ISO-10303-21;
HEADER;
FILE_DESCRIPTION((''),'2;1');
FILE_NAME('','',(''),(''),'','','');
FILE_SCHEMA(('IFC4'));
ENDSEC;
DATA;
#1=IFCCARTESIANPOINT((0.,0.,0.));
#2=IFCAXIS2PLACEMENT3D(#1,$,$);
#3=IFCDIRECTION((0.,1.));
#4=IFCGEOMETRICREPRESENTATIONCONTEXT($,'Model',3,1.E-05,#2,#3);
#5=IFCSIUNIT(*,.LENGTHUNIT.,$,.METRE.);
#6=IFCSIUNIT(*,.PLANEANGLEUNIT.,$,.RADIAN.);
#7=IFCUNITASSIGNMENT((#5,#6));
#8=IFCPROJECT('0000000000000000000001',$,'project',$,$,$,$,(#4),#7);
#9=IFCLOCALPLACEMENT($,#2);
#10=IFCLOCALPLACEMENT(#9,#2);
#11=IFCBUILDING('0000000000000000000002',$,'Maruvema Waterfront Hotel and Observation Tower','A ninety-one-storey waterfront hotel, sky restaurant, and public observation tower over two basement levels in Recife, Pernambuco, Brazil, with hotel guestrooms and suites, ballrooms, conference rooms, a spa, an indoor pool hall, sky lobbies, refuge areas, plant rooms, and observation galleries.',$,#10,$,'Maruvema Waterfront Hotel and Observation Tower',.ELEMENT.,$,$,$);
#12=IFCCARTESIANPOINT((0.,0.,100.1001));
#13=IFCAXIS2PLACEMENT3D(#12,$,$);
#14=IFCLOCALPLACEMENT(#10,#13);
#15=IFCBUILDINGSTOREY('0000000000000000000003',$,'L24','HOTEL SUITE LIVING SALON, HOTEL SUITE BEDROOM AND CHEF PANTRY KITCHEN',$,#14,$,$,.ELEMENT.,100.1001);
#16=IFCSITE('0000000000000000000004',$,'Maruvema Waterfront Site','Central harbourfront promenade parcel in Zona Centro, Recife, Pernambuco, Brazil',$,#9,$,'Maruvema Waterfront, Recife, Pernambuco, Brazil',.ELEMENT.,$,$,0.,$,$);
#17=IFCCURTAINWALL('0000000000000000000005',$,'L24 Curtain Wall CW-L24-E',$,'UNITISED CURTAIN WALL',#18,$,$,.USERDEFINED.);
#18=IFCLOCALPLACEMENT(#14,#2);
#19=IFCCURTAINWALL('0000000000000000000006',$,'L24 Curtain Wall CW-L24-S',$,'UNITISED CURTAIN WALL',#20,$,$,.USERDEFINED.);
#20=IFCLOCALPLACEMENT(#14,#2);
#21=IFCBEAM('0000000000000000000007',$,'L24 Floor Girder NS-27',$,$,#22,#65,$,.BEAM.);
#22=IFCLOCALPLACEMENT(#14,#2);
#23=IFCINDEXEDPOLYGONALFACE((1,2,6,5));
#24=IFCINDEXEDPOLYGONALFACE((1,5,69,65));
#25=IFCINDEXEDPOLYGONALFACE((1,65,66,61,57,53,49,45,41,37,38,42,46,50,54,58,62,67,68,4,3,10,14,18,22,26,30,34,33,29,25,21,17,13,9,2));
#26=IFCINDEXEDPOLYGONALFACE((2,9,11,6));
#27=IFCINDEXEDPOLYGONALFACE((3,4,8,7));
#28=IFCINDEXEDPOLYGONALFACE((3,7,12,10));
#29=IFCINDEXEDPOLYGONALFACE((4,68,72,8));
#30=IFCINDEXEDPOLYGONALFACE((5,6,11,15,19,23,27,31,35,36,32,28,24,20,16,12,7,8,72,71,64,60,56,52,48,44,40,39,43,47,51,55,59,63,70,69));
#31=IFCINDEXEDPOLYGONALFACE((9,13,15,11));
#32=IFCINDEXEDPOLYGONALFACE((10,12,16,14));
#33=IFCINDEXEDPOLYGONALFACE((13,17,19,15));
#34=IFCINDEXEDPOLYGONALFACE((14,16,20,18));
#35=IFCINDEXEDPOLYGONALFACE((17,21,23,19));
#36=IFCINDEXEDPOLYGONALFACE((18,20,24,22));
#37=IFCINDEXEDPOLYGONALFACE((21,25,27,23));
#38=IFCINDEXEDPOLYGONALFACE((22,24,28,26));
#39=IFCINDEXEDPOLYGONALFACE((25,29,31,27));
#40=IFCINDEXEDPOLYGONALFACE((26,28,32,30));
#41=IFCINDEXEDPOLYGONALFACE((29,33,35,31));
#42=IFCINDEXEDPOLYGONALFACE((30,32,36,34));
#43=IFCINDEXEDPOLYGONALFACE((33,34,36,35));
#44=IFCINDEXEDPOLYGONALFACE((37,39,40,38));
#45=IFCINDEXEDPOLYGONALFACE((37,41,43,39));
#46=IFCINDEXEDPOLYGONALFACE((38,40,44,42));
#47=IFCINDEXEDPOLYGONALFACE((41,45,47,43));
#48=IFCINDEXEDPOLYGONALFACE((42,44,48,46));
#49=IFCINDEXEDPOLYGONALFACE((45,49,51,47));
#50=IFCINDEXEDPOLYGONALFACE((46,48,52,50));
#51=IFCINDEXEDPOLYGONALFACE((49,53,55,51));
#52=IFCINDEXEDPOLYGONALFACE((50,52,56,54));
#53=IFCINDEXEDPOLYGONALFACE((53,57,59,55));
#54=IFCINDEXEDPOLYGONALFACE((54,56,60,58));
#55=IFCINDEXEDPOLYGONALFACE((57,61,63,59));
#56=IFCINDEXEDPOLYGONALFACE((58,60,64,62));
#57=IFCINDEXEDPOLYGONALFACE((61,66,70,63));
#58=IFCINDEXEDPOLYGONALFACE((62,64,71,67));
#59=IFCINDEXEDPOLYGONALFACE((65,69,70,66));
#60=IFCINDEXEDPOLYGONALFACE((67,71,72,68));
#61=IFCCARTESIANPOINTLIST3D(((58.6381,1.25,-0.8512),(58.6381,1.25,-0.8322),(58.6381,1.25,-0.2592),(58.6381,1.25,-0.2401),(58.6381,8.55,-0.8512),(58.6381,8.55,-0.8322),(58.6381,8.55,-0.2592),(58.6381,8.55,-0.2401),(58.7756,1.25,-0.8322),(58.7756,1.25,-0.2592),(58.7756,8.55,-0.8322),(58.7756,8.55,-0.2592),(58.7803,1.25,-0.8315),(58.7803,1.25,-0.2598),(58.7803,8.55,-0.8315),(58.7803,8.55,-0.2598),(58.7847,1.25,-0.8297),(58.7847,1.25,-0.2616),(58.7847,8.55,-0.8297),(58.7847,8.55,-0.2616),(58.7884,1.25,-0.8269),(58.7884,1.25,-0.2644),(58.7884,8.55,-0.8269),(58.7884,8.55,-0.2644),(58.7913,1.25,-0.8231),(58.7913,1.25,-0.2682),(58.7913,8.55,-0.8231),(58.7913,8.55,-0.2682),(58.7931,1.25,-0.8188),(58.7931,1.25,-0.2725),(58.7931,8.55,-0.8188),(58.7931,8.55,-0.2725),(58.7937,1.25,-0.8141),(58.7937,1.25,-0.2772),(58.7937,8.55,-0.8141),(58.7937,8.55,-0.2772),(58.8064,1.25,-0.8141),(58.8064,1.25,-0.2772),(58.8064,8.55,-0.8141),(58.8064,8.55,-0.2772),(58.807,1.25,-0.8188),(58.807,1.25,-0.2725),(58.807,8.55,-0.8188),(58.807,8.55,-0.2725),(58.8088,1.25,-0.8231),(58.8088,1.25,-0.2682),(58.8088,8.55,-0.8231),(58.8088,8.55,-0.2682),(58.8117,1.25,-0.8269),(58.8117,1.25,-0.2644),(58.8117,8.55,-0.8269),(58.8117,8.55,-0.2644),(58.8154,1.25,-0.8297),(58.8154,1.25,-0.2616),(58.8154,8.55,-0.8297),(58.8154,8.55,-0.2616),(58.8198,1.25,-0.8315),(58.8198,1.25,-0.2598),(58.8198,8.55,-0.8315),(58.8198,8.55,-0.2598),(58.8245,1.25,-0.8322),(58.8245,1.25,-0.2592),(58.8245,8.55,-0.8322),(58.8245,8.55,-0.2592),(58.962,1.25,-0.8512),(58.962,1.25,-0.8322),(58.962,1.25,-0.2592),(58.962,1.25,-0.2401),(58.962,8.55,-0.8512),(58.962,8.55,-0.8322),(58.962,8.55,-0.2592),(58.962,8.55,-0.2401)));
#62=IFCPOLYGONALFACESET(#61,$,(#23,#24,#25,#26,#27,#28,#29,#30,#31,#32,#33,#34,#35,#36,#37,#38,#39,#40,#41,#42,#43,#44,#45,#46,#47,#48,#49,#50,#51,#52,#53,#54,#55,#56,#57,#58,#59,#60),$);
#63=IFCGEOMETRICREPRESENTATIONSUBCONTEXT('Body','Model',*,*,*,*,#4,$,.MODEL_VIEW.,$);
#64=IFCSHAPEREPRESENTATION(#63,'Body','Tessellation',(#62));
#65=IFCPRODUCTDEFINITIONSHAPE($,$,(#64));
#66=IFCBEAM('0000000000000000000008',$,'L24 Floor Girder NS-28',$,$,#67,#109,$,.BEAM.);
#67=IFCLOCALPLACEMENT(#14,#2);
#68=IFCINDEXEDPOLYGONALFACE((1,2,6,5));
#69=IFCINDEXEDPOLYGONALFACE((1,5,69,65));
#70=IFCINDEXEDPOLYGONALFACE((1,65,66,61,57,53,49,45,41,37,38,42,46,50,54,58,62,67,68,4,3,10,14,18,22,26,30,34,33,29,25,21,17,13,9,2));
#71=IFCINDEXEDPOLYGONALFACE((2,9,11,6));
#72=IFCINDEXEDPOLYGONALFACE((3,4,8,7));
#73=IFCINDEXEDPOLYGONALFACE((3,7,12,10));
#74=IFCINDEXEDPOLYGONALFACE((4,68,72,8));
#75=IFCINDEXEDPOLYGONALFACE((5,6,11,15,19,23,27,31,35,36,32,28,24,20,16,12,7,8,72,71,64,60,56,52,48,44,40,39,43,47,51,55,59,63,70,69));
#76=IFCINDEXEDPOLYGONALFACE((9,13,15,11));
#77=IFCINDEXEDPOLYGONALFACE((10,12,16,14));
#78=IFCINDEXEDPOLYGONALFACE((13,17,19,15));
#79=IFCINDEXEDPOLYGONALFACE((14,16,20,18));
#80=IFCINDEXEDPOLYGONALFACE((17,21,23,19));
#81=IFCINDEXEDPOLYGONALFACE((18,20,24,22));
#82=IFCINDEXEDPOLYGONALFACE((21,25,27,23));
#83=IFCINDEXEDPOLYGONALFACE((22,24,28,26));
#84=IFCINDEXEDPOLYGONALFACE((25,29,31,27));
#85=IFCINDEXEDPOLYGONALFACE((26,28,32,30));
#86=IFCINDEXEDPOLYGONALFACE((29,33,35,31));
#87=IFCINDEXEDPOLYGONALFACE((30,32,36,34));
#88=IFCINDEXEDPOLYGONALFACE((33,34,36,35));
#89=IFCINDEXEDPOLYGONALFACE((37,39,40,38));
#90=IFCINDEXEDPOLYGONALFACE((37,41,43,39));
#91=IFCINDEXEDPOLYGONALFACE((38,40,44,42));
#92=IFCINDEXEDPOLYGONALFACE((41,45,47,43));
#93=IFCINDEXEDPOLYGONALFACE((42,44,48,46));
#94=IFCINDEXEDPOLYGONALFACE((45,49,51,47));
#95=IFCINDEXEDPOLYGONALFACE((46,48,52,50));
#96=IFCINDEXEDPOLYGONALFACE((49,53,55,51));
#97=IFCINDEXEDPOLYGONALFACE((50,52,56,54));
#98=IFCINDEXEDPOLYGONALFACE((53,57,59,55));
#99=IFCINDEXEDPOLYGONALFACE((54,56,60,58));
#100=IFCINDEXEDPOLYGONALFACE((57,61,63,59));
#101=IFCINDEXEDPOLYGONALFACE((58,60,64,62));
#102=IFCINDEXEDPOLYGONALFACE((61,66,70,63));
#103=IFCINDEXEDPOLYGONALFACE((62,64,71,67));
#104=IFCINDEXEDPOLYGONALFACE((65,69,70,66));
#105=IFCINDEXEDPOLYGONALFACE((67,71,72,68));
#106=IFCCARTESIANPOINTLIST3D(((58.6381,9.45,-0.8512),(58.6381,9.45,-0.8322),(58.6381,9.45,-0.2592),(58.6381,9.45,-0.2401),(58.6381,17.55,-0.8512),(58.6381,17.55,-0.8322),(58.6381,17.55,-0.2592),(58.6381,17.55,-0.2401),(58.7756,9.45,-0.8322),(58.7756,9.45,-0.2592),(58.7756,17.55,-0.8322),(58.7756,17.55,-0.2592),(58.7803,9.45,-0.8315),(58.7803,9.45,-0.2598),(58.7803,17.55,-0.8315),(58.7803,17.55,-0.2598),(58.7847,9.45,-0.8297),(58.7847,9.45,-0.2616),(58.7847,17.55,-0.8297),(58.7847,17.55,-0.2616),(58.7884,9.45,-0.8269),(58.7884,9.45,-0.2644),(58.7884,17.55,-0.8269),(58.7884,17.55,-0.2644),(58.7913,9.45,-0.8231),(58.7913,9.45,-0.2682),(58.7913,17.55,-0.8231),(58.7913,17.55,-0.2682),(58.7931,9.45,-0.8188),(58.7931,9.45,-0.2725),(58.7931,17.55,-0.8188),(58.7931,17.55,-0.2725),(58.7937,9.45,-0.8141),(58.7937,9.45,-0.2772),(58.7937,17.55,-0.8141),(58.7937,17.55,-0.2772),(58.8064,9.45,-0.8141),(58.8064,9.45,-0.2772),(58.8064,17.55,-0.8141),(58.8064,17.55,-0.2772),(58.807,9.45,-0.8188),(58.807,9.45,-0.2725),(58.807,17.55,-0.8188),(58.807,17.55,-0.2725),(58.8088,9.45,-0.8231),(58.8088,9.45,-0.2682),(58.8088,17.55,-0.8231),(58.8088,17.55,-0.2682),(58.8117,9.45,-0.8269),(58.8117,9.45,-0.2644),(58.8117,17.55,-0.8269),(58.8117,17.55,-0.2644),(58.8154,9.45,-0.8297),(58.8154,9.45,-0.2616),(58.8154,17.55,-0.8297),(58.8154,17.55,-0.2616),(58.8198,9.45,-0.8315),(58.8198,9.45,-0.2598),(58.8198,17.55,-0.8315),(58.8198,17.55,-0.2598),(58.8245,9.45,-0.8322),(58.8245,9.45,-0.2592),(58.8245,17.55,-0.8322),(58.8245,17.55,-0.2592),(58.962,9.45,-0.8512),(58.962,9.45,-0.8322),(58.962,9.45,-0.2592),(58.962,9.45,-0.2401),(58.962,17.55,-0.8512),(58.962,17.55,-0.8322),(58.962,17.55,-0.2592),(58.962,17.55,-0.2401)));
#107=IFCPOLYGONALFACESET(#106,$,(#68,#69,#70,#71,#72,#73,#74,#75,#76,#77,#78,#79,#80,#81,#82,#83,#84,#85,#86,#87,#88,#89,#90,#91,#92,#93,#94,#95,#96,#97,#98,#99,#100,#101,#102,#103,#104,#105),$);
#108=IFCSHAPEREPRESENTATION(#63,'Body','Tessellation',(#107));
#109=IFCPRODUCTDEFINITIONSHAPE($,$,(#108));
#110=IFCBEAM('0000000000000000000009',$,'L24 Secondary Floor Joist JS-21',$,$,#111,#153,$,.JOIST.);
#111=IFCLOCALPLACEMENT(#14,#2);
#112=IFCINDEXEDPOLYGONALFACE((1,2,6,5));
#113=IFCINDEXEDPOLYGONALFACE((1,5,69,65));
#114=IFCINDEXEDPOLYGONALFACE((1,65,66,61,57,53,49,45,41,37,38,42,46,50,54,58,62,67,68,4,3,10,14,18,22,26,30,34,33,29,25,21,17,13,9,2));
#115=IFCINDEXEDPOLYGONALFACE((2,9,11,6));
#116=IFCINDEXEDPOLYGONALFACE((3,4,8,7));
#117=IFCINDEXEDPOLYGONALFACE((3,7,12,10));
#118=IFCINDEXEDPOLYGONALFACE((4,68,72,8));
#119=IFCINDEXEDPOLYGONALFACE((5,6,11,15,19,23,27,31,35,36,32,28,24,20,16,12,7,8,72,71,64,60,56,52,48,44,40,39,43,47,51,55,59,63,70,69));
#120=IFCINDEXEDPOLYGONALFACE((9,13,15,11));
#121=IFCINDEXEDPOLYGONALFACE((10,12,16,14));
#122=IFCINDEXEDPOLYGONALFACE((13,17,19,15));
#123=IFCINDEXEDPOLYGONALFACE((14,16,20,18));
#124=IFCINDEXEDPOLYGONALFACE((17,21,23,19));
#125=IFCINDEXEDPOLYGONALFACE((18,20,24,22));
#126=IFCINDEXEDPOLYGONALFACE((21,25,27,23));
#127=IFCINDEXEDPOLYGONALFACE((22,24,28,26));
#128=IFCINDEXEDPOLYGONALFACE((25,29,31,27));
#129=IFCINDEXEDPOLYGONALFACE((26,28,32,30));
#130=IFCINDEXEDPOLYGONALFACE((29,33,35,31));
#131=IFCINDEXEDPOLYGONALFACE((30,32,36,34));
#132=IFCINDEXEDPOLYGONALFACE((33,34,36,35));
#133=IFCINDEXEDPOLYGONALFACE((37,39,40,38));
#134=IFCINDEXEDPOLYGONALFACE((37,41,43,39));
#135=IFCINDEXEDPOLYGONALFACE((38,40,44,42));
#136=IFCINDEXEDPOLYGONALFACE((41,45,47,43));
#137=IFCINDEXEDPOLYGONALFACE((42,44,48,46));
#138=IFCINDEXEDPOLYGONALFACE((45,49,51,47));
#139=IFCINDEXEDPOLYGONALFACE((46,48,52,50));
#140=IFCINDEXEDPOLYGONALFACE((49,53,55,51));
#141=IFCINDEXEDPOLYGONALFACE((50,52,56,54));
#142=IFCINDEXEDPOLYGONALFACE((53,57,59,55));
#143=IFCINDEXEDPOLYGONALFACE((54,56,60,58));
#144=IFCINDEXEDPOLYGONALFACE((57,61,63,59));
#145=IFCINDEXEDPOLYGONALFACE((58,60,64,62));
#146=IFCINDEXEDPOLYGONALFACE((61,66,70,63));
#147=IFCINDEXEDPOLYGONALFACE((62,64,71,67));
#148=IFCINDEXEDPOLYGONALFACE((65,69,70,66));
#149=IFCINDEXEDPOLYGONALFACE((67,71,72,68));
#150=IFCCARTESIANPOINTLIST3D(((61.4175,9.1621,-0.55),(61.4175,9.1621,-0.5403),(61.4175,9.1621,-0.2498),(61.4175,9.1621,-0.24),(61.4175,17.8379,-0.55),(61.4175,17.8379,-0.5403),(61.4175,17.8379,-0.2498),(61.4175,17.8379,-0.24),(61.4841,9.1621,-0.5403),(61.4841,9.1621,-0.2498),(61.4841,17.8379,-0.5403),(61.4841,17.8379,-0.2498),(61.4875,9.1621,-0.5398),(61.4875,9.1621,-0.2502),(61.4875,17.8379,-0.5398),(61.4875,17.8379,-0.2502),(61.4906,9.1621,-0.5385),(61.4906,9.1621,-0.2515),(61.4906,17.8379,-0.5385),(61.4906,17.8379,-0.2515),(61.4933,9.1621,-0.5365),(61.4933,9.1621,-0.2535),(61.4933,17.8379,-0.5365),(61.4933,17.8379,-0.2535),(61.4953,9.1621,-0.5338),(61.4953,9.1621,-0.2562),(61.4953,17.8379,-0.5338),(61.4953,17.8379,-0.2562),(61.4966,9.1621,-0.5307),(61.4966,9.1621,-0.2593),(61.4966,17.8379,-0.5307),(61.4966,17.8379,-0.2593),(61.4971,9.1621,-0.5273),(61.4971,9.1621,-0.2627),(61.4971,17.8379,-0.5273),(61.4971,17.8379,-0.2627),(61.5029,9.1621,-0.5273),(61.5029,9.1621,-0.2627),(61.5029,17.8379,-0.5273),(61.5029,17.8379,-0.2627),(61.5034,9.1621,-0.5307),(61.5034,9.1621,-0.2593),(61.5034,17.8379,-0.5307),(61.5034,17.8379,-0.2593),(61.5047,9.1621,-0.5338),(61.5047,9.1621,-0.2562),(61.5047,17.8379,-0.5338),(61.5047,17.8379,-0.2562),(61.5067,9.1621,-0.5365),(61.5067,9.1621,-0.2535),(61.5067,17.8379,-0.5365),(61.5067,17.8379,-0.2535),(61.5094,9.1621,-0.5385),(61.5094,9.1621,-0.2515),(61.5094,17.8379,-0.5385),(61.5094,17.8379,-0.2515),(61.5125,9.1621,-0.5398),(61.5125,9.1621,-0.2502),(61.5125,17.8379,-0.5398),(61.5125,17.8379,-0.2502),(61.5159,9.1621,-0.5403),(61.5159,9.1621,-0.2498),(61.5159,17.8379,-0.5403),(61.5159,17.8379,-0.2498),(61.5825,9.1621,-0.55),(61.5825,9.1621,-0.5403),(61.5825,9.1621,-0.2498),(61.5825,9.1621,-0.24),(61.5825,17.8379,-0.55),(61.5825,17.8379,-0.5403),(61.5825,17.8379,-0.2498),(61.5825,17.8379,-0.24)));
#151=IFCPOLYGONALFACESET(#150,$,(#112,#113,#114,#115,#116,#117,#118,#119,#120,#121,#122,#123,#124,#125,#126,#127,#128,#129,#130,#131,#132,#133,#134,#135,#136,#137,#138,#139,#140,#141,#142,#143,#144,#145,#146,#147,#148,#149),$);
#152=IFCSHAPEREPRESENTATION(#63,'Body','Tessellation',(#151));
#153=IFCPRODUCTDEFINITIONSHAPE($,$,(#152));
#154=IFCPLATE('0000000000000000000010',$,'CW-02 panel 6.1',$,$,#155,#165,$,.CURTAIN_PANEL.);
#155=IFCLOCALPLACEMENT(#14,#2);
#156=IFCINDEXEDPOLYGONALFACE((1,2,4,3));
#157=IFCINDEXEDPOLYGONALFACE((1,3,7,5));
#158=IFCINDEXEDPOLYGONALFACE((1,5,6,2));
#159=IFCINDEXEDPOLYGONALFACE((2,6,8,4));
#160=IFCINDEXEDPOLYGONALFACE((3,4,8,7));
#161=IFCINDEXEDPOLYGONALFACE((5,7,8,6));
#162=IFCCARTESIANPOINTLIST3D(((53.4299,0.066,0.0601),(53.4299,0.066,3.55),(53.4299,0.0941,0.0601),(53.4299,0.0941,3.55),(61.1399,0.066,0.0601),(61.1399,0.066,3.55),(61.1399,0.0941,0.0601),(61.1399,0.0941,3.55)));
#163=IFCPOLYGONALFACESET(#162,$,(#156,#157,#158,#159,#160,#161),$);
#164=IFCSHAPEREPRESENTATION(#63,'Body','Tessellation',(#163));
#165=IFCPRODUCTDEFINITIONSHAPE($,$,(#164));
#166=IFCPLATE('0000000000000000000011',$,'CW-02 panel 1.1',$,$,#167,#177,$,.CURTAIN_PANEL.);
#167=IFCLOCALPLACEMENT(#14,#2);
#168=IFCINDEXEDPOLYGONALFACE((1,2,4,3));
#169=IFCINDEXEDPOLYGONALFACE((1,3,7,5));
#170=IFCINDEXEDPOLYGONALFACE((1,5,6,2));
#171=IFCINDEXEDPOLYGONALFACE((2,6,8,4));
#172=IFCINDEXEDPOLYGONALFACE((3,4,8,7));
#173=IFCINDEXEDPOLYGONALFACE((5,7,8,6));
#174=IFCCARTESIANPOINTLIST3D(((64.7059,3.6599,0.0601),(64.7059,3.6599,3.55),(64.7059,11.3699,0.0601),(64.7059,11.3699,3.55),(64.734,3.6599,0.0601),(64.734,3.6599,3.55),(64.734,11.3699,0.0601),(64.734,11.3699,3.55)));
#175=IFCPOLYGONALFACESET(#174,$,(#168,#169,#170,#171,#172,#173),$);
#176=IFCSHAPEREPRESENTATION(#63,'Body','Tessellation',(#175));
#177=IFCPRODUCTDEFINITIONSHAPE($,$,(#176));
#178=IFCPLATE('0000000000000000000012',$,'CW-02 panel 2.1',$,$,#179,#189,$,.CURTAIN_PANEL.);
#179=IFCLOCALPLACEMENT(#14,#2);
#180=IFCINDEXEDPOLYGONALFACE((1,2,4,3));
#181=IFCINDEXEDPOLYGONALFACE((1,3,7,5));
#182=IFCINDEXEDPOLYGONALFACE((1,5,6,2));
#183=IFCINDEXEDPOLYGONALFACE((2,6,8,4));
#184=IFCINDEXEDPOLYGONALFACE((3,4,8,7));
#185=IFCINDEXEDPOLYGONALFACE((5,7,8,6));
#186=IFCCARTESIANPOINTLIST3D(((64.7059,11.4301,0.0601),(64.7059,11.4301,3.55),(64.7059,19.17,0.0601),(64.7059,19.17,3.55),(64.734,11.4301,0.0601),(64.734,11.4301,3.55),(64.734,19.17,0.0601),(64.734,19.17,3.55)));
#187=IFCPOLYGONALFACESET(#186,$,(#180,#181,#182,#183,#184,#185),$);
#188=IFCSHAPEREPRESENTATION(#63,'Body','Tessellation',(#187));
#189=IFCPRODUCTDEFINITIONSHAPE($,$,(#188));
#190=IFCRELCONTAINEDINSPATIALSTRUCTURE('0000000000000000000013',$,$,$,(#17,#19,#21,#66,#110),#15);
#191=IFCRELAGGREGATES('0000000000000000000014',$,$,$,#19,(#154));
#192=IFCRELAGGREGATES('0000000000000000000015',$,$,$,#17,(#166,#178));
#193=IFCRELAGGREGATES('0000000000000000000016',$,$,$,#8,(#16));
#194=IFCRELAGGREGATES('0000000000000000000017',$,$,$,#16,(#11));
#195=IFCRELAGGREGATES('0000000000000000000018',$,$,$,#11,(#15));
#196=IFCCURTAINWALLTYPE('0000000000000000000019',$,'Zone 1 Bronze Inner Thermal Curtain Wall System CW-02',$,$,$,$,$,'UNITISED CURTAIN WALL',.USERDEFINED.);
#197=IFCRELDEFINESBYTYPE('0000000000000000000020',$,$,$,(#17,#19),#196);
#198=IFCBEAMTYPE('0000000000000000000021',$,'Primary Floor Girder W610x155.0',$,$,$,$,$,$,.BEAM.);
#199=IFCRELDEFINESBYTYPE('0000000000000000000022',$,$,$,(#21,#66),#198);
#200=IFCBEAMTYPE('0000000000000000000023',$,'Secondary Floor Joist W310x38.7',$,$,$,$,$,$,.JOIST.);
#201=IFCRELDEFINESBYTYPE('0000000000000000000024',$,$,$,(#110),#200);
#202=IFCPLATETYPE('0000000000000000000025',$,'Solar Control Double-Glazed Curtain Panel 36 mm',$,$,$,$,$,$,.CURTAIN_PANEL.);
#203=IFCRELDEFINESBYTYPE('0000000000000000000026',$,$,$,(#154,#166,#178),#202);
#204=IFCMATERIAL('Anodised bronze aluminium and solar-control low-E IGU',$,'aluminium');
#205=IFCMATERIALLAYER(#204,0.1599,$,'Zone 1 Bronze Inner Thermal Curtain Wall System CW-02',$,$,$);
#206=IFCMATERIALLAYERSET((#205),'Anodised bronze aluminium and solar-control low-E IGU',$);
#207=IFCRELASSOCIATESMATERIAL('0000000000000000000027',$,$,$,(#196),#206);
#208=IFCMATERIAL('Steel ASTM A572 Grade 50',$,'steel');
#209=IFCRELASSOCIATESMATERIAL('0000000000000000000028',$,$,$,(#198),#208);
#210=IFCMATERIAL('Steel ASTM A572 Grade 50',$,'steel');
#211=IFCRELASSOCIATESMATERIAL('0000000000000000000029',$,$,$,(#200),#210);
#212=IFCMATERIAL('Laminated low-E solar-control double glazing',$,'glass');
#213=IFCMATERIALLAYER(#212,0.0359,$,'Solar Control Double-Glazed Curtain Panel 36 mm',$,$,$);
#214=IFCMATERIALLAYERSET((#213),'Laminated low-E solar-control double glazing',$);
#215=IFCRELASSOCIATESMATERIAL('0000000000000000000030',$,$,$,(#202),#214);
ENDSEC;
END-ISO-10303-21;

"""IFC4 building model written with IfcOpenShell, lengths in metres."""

from ifc_helpers import new_model, si_unit, direction, frame, origin, origin_2d, place, context, subcontext, project, spatial, rectangle, i_section, extrude, material, layer, layer_set, material_profile, profile_set, type_object, element, aggregate, save


model = new_model("IFC4")

# Units and contexts
model_context = context("Model", 3, precision=1e-05, world=origin(), true_north=direction((0.0, 1.0)))
body_context = subcontext(model_context, "Body", "Model", "MODEL_VIEW")
ifc_project = project(units=[si_unit("LENGTHUNIT", "METRE"), si_unit("PLANEANGLEUNIT", "RADIAN")], contexts=[model_context])

# Site, building, storey
site_placement = place(None, origin())
site = spatial("IfcSite", under=ifc_project, at=site_placement, Name="Maruvema Waterfront Site", Description="Central harbourfront promenade parcel in Zona Centro, Recife, Pernambuco, Brazil", LongName="Maruvema Waterfront, Recife, Pernambuco, Brazil", CompositionType="ELEMENT", RefElevation=0.0)
building_placement = place(site_placement, origin())
building = spatial("IfcBuilding", under=site, at=building_placement, Name="Maruvema Waterfront Hotel and Observation Tower", Description="A ninety-one-storey waterfront hotel, sky restaurant, and public observation tower over two basement levels in Recife, Pernambuco, Brazil, with hotel guestrooms and suites, ballrooms, conference rooms, a spa, an indoor pool hall, sky lobbies, refuge areas, plant rooms, and observation galleries.", LongName="Maruvema Waterfront Hotel and Observation Tower", CompositionType="ELEMENT")
storey_placement = place(building_placement, frame((0.0, 0.0, 100.1001)))
storey = spatial("IfcBuildingStorey", under=building, at=storey_placement, Name="L24", Description="HOTEL SUITE LIVING SALON, HOTEL SUITE BEDROOM AND CHEF PANTRY KITCHEN", CompositionType="ELEMENT", Elevation=100.1001)

# Curtain wall
ifc_material_1 = material(Name="Anodised bronze aluminium and solar-control low-E IGU", Category="aluminium")
ifc_layer_1 = layer(ifc_material_1, 0.1599, Name="Zone 1 Bronze Inner Thermal Curtain Wall System CW-02")
ifc_layer_set_1 = layer_set([ifc_layer_1], Name="Anodised bronze aluminium and solar-control low-E IGU")
curtain_wall_type = type_object("IfcCurtainWallType", Name="Zone 1 Bronze Inner Thermal Curtain Wall System CW-02", ElementType="UNITISED CURTAIN WALL", PredefinedType="USERDEFINED", material=ifc_layer_set_1)
curtain_wall_1_placement = place(storey_placement, origin())
curtain_wall_1 = element("IfcCurtainWall", 1, at=curtain_wall_1_placement, inside=storey, type_object=curtain_wall_type, Name="L24 Curtain Wall CW-L24-E", ObjectType="UNITISED CURTAIN WALL", PredefinedType="USERDEFINED")

# Curtain wall
curtain_wall_2_placement = place(storey_placement, origin())
curtain_wall_2 = element("IfcCurtainWall", 2, at=curtain_wall_2_placement, inside=storey, type_object=curtain_wall_type, Name="L24 Curtain Wall CW-L24-S", ObjectType="UNITISED CURTAIN WALL", PredefinedType="USERDEFINED")

# Beams
ifc_material_2 = material(Name="Steel ASTM A572 Grade 50", Category="steel")
ifc_material_profile_1 = material_profile(ifc_material_2, i_section(OverallWidth=0.324, OverallDepth=0.6111, WebThickness=0.0127, FlangeThickness=0.019, FilletRadius=0.0181, at=origin_2d()), Name="W610x155.0")
ifc_profile_set_1 = profile_set([ifc_material_profile_1], Name="Steel ASTM A572 Grade 50")
beam_type_1 = type_object("IfcBeamType", Name="Primary Floor Girder W610x155.0", PredefinedType="BEAM", material=ifc_profile_set_1)
beam_1_placement = place(storey_placement, frame((58.8, 1.25, -0.5457), z_axis=(0.0, 1.0, 0.0), x_axis=(-1.0, 0.0, 0.0)))
element("IfcBeam", 3, at=beam_1_placement, inside=storey, type_object=beam_type_1, Name="L24 Floor Girder NS-27", PredefinedType="BEAM", context=body_context, shape_type="SweptSolid", body=[
    extrude(i_section(OverallWidth=0.324, OverallDepth=0.6111, WebThickness=0.0127, FlangeThickness=0.019, FilletRadius=0.0181, at=origin_2d()), origin(), (0.0, 0.0, 1.0), 7.3),
])
beam_2_placement = place(storey_placement, frame((58.8, 9.45, -0.5457), z_axis=(0.0, 1.0, 0.0), x_axis=(-1.0, 0.0, 0.0)))
element("IfcBeam", 4, at=beam_2_placement, inside=storey, type_object=beam_type_1, Name="L24 Floor Girder NS-28", PredefinedType="BEAM", context=body_context, shape_type="SweptSolid", body=[
    extrude(i_section(OverallWidth=0.324, OverallDepth=0.6111, WebThickness=0.0127, FlangeThickness=0.019, FilletRadius=0.0181, at=origin_2d()), origin(), (0.0, 0.0, 1.0), 8.1001),
])
ifc_material_3 = material(Name="Steel ASTM A572 Grade 50", Category="steel")
ifc_material_profile_2 = material_profile(ifc_material_3, i_section(OverallWidth=0.165, OverallDepth=0.3101, WebThickness=0.0059, FlangeThickness=0.0098, FilletRadius=0.0129, at=origin_2d()), Name="W310x38.7")
ifc_profile_set_2 = profile_set([ifc_material_profile_2], Name="Steel ASTM A572 Grade 50")
beam_type_2 = type_object("IfcBeamType", Name="Secondary Floor Joist W310x38.7", PredefinedType="JOIST", material=ifc_profile_set_2)
beam_3_placement = place(storey_placement, frame((61.5, 9.1621, -0.395), z_axis=(0.0, 1.0, 0.0), x_axis=(-1.0, 0.0, 0.0)))
element("IfcBeam", 5, at=beam_3_placement, inside=storey, type_object=beam_type_2, Name="L24 Secondary Floor Joist JS-21", PredefinedType="JOIST", context=body_context, shape_type="SweptSolid", body=[
    extrude(i_section(OverallWidth=0.165, OverallDepth=0.3101, WebThickness=0.0059, FlangeThickness=0.0098, FilletRadius=0.0129, at=origin_2d()), origin(), (0.0, 0.0, 1.0), 8.6758),
])

# Plates
ifc_material_4 = material(Name="Laminated low-E solar-control double glazing", Category="glass")
ifc_layer_2 = layer(ifc_material_4, 0.0359, Name="Solar Control Double-Glazed Curtain Panel 36 mm")
ifc_layer_set_2 = layer_set([ifc_layer_2], Name="Laminated low-E solar-control double glazing")
plate_type = type_object("IfcPlateType", Name="Solar Control Double-Glazed Curtain Panel 36 mm", PredefinedType="CURTAIN_PANEL", material=ifc_layer_set_2)
plate_1_placement = place(storey_placement, frame((57.2849, 0.0801, 0.0601), z_axis=(0.0, 0.0, 1.0), x_axis=(1.0, 0.0, 0.0)))
plate_1 = element("IfcPlate", 6, at=plate_1_placement, type_object=plate_type, Name="CW-02 panel 6.1", PredefinedType="CURTAIN_PANEL", context=body_context, shape_type="SweptSolid", body=[
    extrude(rectangle(XDim=7.71, YDim=0.0281, at=origin_2d()), origin(), (0.0, 0.0, 1.0), 3.49),
])
aggregate(curtain_wall_2, [plate_1])
plate_2_placement = place(storey_placement, frame((64.72, 7.5149, 0.0601), z_axis=(0.0, 0.0, 1.0), x_axis=(0.0, 1.0, 0.0)))
plate_2 = element("IfcPlate", 7, at=plate_2_placement, type_object=plate_type, Name="CW-02 panel 1.1", PredefinedType="CURTAIN_PANEL", context=body_context, shape_type="SweptSolid", body=[
    extrude(rectangle(XDim=7.71, YDim=0.0281, at=origin_2d()), origin(), (0.0, 0.0, 1.0), 3.49),
])
plate_3_placement = place(storey_placement, frame((64.72, 15.3, 0.0601), z_axis=(0.0, 0.0, 1.0), x_axis=(0.0, 1.0, 0.0)))
plate_3 = element("IfcPlate", 8, at=plate_3_placement, type_object=plate_type, Name="CW-02 panel 2.1", PredefinedType="CURTAIN_PANEL", context=body_context, shape_type="SweptSolid", body=[
    extrude(rectangle(XDim=7.74, YDim=0.0281, at=origin_2d()), origin(), (0.0, 0.0, 1.0), 3.49),
])
aggregate(curtain_wall_1, [plate_2, plate_3])

save(model, "model.ifc")
